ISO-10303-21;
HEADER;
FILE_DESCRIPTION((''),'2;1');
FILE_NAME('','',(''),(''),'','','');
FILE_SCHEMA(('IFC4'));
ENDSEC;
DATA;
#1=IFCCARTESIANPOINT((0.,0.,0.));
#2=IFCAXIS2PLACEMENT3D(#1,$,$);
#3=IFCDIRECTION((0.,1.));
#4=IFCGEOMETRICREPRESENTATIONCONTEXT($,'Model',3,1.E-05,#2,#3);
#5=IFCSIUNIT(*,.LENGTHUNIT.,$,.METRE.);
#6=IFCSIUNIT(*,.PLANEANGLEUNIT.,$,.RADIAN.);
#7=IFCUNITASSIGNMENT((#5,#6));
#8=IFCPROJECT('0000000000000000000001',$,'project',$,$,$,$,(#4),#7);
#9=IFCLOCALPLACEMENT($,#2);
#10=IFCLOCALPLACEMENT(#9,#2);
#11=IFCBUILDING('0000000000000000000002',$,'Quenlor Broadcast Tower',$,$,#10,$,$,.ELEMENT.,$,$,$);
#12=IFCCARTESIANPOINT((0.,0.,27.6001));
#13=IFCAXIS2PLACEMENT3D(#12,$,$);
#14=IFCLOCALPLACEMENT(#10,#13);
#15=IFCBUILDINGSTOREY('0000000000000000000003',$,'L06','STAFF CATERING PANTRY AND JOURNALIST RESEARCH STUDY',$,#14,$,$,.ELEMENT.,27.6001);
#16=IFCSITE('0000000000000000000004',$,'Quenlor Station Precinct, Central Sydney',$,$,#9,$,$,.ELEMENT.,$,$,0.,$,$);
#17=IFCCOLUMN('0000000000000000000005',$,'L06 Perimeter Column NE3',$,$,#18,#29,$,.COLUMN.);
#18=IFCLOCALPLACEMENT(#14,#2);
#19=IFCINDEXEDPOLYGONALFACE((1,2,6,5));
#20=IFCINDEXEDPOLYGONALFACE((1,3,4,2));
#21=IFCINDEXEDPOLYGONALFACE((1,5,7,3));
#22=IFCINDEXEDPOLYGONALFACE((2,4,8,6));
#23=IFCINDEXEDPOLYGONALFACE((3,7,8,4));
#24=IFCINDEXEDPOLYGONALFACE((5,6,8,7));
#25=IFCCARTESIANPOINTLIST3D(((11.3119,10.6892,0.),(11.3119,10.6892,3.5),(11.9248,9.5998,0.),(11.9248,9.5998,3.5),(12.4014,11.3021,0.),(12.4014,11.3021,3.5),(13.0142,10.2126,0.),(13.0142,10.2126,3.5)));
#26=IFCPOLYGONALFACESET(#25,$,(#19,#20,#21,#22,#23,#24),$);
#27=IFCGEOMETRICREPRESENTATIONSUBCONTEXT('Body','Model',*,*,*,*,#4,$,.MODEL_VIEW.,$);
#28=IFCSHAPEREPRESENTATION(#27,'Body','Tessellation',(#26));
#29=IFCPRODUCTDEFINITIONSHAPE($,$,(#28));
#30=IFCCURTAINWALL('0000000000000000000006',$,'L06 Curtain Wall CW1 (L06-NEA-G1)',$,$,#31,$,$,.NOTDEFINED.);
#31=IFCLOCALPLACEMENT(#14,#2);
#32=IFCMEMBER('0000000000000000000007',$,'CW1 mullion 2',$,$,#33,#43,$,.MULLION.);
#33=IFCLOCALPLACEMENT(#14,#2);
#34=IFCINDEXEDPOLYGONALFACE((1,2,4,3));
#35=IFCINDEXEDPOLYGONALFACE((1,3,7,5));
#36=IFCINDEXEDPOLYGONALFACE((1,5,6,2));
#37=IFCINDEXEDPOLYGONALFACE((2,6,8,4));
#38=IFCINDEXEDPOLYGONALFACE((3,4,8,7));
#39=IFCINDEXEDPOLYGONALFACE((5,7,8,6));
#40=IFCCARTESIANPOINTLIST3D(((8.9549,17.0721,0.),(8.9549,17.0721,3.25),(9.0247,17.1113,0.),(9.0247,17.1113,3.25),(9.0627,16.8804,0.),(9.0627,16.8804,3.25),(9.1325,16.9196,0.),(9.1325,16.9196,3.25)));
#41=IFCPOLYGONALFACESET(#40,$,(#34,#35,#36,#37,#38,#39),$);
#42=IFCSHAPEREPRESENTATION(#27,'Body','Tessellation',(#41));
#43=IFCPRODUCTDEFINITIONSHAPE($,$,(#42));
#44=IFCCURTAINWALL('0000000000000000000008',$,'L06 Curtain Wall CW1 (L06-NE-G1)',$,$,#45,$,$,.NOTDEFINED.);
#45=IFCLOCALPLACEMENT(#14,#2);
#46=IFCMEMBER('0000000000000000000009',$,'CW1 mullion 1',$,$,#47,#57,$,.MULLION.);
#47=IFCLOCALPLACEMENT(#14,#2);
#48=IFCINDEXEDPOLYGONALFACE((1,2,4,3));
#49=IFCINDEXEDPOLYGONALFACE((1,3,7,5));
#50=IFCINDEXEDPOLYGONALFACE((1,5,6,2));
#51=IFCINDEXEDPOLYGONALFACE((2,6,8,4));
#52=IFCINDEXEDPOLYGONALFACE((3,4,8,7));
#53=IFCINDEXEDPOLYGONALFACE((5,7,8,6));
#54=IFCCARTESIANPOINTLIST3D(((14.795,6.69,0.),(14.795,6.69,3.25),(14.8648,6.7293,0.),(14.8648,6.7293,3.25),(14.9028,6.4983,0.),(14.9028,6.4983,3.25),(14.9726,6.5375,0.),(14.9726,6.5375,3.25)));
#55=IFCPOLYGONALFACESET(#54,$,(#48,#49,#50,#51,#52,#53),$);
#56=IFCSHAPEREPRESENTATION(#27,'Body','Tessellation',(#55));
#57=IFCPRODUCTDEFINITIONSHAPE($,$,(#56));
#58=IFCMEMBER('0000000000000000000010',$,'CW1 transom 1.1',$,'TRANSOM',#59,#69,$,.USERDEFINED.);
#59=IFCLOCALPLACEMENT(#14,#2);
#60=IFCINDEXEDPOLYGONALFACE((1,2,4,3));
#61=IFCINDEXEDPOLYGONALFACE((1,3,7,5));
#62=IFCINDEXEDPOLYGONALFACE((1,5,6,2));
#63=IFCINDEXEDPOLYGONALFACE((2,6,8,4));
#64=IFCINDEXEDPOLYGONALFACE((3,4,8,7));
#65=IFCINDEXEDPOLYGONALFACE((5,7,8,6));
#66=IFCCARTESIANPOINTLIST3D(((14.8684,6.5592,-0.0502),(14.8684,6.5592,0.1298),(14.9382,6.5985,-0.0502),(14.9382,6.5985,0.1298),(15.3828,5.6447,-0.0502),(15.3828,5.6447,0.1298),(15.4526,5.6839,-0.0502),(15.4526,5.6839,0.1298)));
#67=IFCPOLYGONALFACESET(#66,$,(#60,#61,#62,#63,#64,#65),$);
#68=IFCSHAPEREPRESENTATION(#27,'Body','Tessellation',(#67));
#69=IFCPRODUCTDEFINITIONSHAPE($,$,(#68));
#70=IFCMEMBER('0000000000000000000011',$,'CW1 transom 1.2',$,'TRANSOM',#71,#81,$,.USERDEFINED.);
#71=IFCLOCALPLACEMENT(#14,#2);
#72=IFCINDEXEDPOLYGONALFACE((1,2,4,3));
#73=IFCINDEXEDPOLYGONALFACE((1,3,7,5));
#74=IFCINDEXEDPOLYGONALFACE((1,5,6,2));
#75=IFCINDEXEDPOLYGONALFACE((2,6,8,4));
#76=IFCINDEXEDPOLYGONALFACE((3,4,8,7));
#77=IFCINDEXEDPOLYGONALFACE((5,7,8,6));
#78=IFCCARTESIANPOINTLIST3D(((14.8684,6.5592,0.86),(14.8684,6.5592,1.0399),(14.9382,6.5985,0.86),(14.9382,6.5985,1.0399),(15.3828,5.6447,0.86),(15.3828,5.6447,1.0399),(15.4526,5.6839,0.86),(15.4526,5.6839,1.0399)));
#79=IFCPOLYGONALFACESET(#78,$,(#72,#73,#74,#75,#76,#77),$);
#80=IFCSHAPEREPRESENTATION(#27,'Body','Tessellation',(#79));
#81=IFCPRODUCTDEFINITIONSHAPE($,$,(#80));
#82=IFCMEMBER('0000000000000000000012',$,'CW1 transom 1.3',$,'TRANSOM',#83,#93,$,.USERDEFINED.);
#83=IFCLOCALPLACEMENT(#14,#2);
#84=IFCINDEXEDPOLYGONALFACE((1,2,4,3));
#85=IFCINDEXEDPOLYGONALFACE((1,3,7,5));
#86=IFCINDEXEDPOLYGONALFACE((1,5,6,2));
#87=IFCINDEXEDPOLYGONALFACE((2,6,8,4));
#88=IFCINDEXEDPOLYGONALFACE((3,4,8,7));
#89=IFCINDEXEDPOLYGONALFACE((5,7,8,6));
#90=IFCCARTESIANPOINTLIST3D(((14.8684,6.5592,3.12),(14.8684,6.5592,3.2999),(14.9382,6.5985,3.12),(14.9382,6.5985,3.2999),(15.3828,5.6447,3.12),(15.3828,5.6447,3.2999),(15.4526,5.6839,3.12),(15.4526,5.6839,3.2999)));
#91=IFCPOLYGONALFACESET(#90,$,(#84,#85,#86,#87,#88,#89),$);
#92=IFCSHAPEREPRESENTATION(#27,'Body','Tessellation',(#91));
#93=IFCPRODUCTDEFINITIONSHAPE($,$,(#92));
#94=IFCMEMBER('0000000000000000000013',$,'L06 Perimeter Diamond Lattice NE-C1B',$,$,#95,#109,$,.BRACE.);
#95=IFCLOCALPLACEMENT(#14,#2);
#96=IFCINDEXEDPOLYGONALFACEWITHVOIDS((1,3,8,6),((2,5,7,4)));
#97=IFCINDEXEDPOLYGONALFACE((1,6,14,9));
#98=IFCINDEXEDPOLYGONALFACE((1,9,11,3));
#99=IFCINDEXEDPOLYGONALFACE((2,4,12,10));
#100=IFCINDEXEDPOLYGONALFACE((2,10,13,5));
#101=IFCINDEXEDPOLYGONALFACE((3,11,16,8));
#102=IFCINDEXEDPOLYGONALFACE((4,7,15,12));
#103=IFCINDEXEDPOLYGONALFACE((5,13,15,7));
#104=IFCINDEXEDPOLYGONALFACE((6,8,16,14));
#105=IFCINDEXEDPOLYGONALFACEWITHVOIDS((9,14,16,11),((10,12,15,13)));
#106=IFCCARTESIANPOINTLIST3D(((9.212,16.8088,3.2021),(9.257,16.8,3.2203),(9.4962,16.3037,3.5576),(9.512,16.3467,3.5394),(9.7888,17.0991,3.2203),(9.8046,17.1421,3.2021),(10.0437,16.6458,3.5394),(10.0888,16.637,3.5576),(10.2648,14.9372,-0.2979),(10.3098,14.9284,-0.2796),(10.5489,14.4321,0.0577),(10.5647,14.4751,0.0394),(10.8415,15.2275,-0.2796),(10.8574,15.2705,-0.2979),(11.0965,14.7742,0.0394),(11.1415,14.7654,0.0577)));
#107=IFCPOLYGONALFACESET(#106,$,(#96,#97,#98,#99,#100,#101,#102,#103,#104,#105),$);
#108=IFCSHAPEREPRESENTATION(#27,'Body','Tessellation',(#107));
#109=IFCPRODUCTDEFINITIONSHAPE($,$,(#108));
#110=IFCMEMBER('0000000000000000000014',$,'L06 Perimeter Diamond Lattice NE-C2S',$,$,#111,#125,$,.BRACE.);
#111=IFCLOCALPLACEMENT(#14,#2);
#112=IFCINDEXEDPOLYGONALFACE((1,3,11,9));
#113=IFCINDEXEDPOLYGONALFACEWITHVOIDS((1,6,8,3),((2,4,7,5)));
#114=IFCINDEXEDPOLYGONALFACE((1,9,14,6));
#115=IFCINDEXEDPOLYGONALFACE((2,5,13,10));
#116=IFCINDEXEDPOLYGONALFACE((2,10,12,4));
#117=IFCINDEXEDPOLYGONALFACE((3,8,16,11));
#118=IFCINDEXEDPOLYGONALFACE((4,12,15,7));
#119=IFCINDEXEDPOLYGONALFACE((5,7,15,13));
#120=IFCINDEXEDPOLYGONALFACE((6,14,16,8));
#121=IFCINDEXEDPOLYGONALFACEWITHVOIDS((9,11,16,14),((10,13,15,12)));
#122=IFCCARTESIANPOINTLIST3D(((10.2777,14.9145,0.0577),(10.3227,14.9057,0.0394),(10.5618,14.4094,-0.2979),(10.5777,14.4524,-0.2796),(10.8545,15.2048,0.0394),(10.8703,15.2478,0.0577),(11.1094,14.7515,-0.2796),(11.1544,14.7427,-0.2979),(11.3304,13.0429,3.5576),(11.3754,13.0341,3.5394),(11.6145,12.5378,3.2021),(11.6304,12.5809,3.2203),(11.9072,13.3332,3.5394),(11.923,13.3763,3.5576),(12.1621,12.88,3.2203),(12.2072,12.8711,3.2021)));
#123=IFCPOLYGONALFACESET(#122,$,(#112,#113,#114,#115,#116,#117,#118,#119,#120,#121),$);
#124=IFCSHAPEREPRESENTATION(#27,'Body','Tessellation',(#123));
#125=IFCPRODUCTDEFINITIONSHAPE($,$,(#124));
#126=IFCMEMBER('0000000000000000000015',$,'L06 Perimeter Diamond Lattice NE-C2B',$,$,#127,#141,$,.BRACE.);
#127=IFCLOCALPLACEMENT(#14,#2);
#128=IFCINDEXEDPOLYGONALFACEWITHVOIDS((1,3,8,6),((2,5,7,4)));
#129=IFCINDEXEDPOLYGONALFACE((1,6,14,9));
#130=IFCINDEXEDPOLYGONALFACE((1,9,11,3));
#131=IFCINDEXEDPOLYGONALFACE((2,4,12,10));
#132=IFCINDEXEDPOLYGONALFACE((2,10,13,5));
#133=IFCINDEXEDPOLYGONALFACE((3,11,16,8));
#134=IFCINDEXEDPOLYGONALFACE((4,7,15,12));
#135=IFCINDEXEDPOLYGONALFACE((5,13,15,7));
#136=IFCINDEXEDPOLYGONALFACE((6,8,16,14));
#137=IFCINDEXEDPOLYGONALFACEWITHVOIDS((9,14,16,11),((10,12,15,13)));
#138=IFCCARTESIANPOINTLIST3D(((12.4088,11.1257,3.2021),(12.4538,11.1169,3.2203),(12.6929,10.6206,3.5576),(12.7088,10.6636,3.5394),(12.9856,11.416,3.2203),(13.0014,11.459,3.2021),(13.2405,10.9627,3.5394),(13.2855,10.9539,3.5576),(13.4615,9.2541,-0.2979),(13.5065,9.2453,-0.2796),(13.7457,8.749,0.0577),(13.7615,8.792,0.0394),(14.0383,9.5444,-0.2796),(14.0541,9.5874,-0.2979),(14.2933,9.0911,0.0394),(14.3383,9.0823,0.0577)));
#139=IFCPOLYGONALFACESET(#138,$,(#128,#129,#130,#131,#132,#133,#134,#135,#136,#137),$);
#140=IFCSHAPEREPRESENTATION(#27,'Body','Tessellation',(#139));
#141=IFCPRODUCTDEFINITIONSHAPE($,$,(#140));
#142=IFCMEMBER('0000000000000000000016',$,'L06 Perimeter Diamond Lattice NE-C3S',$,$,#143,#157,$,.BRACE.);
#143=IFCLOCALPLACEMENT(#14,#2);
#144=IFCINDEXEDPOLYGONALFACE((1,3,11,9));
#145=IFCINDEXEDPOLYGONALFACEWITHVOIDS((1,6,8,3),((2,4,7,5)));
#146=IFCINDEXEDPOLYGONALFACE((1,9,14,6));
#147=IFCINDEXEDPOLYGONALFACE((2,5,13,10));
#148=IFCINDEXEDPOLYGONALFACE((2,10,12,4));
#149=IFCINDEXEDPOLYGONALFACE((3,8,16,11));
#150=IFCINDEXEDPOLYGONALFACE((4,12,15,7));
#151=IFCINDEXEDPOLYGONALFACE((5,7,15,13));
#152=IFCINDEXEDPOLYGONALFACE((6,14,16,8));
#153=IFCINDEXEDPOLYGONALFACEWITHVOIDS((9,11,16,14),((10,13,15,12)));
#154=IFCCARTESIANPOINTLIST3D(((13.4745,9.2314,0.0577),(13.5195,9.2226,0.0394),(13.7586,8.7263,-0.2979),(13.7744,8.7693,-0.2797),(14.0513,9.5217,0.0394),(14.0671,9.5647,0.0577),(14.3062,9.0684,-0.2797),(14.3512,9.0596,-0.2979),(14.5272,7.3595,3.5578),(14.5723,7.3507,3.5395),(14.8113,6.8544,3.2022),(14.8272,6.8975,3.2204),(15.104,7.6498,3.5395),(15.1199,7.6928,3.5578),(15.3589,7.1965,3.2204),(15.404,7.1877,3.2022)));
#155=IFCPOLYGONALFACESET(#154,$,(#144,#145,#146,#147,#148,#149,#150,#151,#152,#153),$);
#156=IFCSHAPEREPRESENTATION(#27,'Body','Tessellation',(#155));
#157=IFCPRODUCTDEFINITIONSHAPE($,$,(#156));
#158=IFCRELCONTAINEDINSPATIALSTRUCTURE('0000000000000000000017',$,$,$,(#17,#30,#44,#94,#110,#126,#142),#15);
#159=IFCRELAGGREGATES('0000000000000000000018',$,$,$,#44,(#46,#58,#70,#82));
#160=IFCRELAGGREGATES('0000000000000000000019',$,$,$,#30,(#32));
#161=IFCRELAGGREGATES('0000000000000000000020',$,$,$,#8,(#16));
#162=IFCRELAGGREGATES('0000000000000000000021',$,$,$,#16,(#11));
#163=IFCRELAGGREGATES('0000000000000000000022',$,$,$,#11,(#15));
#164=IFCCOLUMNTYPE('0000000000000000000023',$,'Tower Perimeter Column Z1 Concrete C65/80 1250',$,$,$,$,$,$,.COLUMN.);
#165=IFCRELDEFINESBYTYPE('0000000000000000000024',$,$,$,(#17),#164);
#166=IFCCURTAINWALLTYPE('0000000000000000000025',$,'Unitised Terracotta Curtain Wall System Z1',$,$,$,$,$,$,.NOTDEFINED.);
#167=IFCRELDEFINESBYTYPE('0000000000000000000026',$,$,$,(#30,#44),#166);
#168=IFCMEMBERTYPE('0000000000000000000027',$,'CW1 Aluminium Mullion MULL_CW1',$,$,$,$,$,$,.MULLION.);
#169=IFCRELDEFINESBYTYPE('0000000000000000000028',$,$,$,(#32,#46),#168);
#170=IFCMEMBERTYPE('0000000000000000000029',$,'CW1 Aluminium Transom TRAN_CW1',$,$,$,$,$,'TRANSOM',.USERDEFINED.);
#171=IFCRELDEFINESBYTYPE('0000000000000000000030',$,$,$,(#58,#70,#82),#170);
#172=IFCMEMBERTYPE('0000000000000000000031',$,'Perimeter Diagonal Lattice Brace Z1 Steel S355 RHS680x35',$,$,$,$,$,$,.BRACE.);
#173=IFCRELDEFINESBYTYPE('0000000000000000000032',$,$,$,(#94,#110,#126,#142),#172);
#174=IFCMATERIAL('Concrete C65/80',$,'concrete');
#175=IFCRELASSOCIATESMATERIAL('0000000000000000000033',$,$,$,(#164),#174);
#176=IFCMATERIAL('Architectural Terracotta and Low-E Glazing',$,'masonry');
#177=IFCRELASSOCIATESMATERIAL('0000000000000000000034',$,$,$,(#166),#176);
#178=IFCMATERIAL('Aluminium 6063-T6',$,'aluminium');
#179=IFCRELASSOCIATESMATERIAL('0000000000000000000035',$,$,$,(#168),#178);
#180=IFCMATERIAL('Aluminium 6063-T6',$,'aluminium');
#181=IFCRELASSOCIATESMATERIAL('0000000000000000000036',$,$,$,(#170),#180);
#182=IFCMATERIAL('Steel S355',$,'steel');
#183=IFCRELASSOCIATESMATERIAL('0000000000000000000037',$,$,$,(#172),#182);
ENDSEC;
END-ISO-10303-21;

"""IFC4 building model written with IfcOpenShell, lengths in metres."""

from ifc_helpers import new_model, si_unit, direction, frame, origin, origin_2d, place, context, subcontext, project, spatial, rectangle, hollow_rectangle, extrude, material, material_profile, profile_set, type_object, element, aggregate, save


model = new_model("IFC4")

# Units and contexts
model_context = context("Model", 3, precision=1e-05, world=origin(), true_north=direction((0.0, 1.0)))
body_context = subcontext(model_context, "Body", "Model", "MODEL_VIEW")
ifc_project = project(units=[si_unit("LENGTHUNIT", "METRE"), si_unit("PLANEANGLEUNIT", "RADIAN")], contexts=[model_context])

# Site, building, storey
site_placement = place(None, origin())
site = spatial("IfcSite", under=ifc_project, at=site_placement, Name="Quenlor Station Precinct, Central Sydney", CompositionType="ELEMENT", RefElevation=0.0)
building_placement = place(site_placement, origin())
building = spatial("IfcBuilding", under=site, at=building_placement, Name="Quenlor Broadcast Tower", CompositionType="ELEMENT")
storey_placement = place(building_placement, frame((0.0, 0.0, 27.6001)))
storey = spatial("IfcBuildingStorey", under=building, at=storey_placement, Name="L06", Description="STAFF CATERING PANTRY AND JOURNALIST RESEARCH STUDY", CompositionType="ELEMENT", Elevation=27.6001)

# Column
ifc_material_1 = material(Name="Concrete C65/80", Category="concrete")
ifc_material_profile_1 = material_profile(ifc_material_1, rectangle(XDim=1.25, YDim=1.25, at=origin_2d()))
ifc_profile_set_1 = profile_set([ifc_material_profile_1], Name="Concrete C65/80 RC1250x1250")
column_type = type_object("IfcColumnType", Name="Tower Perimeter Column Z1 Concrete C65/80 1250", PredefinedType="COLUMN", material=ifc_profile_set_1)
column_placement = place(storey_placement, frame((12.1631, 10.4509, 0.0), z_axis=(0.0, 0.0, 1.0), x_axis=(0.871575, 0.490262, 0.0)))
element("IfcColumn", 1, at=column_placement, inside=storey, type_object=column_type, Name="L06 Perimeter Column NE3", PredefinedType="COLUMN", context=body_context, shape_type="SweptSolid", body=[
    extrude(rectangle(XDim=1.25, YDim=1.25, at=origin_2d()), origin(), (0.0, 0.0, 1.0), 3.5),
])

# Curtain wall, member
ifc_material_2 = material(Name="Architectural Terracotta and Low-E Glazing", Category="masonry")
curtain_wall_type = type_object("IfcCurtainWallType", Name="Unitised Terracotta Curtain Wall System Z1", PredefinedType="NOTDEFINED", material=ifc_material_2)
curtain_wall_1_placement = place(storey_placement, origin())
curtain_wall_1 = element("IfcCurtainWall", 2, at=curtain_wall_1_placement, inside=storey, type_object=curtain_wall_type, Name="L06 Curtain Wall CW1 (L06-NEA-G1)", PredefinedType="NOTDEFINED")
ifc_material_3 = material(Name="Aluminium 6063-T6", Category="aluminium")
ifc_material_profile_2 = material_profile(ifc_material_3, rectangle(XDim=0.0801, YDim=0.22, at=origin_2d()))
ifc_profile_set_2 = profile_set([ifc_material_profile_2], Name="Aluminium 6063-T6 MULL80x220")
member_type_1 = type_object("IfcMemberType", Name="CW1 Aluminium Mullion MULL_CW1", PredefinedType="MULLION", material=ifc_profile_set_2)
member_1_placement = place(storey_placement, frame((9.0437, 16.9958, 0.0), z_axis=(0.0, 0.0, 1.0), x_axis=(0.871567, 0.490277, 0.0)))
member_1 = element("IfcMember", 3, at=member_1_placement, type_object=member_type_1, Name="CW1 mullion 2", PredefinedType="MULLION", context=body_context, shape_type="SweptSolid", body=[
    extrude(rectangle(XDim=0.0801, YDim=0.22, at=origin_2d()), origin(), (0.0, 0.0, 1.0), 3.25),
])

# Curtain wall, members
curtain_wall_2_placement = place(storey_placement, origin())
curtain_wall_2 = element("IfcCurtainWall", 4, at=curtain_wall_2_placement, inside=storey, type_object=curtain_wall_type, Name="L06 Curtain Wall CW1 (L06-NE-G1)", PredefinedType="NOTDEFINED")
member_2_placement = place(storey_placement, frame((14.8838, 6.6138, 0.0), z_axis=(0.0, 0.0, 1.0), x_axis=(0.871567, 0.490277, 0.0)))
member_2 = element("IfcMember", 5, at=member_2_placement, type_object=member_type_1, Name="CW1 mullion 1", PredefinedType="MULLION", context=body_context, shape_type="SweptSolid", body=[
    extrude(rectangle(XDim=0.0801, YDim=0.22, at=origin_2d()), origin(), (0.0, 0.0, 1.0), 3.25),
])
ifc_material_4 = material(Name="Aluminium 6063-T6", Category="aluminium")
ifc_material_profile_3 = material_profile(ifc_material_4, rectangle(XDim=0.0801, YDim=0.1799, at=origin_2d()))
ifc_profile_set_3 = profile_set([ifc_material_profile_3], Name="Aluminium 6063-T6 TRAN80x180")
member_type_2 = type_object("IfcMemberType", Name="CW1 Aluminium Transom TRAN_CW1", ElementType="TRANSOM", PredefinedType="USERDEFINED", material=ifc_profile_set_3)
member_3_placement = place(storey_placement, frame((14.9033, 6.5789, 0.0398), z_axis=(0.490239, -0.871588, 0.0), x_axis=(0.871588, 0.490239, 0.0)))
member_3 = element("IfcMember", 6, at=member_3_placement, type_object=member_type_2, Name="CW1 transom 1.1", ObjectType="TRANSOM", PredefinedType="USERDEFINED", context=body_context, shape_type="SweptSolid", body=[
    extrude(rectangle(XDim=0.0801, YDim=0.1799, at=origin_2d()), origin(), (0.0, 0.0, 1.0), 1.0493),
])
member_4_placement = place(storey_placement, frame((14.9033, 6.5789, 0.95), z_axis=(0.490239, -0.871588, 0.0), x_axis=(0.871588, 0.490239, 0.0)))
member_4 = element("IfcMember", 7, at=member_4_placement, type_object=member_type_2, Name="CW1 transom 1.2", ObjectType="TRANSOM", PredefinedType="USERDEFINED", context=body_context, shape_type="SweptSolid", body=[
    extrude(rectangle(XDim=0.0801, YDim=0.1799, at=origin_2d()), origin(), (0.0, 0.0, 1.0), 1.0493),
])
member_5_placement = place(storey_placement, frame((14.9033, 6.5789, 3.21), z_axis=(0.490239, -0.871588, 0.0), x_axis=(0.871588, 0.490239, 0.0)))
member_5 = element("IfcMember", 8, at=member_5_placement, type_object=member_type_2, Name="CW1 transom 1.3", ObjectType="TRANSOM", PredefinedType="USERDEFINED", context=body_context, shape_type="SweptSolid", body=[
    extrude(rectangle(XDim=0.0801, YDim=0.1799, at=origin_2d()), origin(), (0.0, 0.0, 1.0), 1.0493),
])
aggregate(curtain_wall_2, [member_2, member_3, member_4, member_5])

# Members
ifc_material_5 = material(Name="Steel S355", Category="steel")
ifc_material_profile_4 = material_profile(ifc_material_5, hollow_rectangle(XDim=0.6799, YDim=0.6799, WallThickness=0.0349, at=origin_2d()))
ifc_profile_set_4 = profile_set([ifc_material_profile_4], Name="Steel S355 RHS680x680x35")
member_type_3 = type_object("IfcMemberType", Name="Perimeter Diagonal Lattice Brace Z1 Steel S355 RHS680x35", PredefinedType="BRACE", material=ifc_profile_set_4)
for number, where, z_axis, x_axis, name in (
    (9, (10.7031, 14.8513, -0.1201), (-0.256375, 0.455792, 0.852365), (-0.871582, -0.49025, 0.0), "L06 Perimeter Diamond Lattice NE-C1B"),
    (10, (10.7161, 14.8286, -0.1201), (0.256375, -0.455792, 0.852365), (0.871582, 0.49025, 0.0), "L06 Perimeter Diamond Lattice NE-C2S"),
    (11, (13.8999, 9.1682, -0.1201), (-0.256375, 0.455792, 0.852365), (-0.871582, -0.49025, 0.0), "L06 Perimeter Diamond Lattice NE-C2B"),
):
    element("IfcMember", number, at=place(storey_placement, frame(where, z_axis=z_axis, x_axis=x_axis)), inside=storey, type_object=member_type_3, Name=name, PredefinedType="BRACE", context=body_context, shape_type="SweptSolid", body=[
        extrude(hollow_rectangle(XDim=0.6799, YDim=0.6799, WallThickness=0.0349, at=origin_2d()), origin(), (0.0, 0.0, 1.0), 4.1062),
    ])
member_6_placement = place(storey_placement, frame((13.9128, 9.1455, -0.1201), z_axis=(0.256368, -0.455839, 0.852342), x_axis=(0.871609, 0.490202, 0.0)))
element("IfcMember", 12, at=member_6_placement, inside=storey, type_object=member_type_3, Name="L06 Perimeter Diamond Lattice NE-C3S", PredefinedType="BRACE", context=body_context, shape_type="SweptSolid", body=[
    extrude(hollow_rectangle(XDim=0.6799, YDim=0.6799, WallThickness=0.0349, at=origin_2d()), origin(), (0.0, 0.0, 1.0), 4.1064),
])

aggregate(curtain_wall_1, [member_1])

save(model, "model.ifc")
